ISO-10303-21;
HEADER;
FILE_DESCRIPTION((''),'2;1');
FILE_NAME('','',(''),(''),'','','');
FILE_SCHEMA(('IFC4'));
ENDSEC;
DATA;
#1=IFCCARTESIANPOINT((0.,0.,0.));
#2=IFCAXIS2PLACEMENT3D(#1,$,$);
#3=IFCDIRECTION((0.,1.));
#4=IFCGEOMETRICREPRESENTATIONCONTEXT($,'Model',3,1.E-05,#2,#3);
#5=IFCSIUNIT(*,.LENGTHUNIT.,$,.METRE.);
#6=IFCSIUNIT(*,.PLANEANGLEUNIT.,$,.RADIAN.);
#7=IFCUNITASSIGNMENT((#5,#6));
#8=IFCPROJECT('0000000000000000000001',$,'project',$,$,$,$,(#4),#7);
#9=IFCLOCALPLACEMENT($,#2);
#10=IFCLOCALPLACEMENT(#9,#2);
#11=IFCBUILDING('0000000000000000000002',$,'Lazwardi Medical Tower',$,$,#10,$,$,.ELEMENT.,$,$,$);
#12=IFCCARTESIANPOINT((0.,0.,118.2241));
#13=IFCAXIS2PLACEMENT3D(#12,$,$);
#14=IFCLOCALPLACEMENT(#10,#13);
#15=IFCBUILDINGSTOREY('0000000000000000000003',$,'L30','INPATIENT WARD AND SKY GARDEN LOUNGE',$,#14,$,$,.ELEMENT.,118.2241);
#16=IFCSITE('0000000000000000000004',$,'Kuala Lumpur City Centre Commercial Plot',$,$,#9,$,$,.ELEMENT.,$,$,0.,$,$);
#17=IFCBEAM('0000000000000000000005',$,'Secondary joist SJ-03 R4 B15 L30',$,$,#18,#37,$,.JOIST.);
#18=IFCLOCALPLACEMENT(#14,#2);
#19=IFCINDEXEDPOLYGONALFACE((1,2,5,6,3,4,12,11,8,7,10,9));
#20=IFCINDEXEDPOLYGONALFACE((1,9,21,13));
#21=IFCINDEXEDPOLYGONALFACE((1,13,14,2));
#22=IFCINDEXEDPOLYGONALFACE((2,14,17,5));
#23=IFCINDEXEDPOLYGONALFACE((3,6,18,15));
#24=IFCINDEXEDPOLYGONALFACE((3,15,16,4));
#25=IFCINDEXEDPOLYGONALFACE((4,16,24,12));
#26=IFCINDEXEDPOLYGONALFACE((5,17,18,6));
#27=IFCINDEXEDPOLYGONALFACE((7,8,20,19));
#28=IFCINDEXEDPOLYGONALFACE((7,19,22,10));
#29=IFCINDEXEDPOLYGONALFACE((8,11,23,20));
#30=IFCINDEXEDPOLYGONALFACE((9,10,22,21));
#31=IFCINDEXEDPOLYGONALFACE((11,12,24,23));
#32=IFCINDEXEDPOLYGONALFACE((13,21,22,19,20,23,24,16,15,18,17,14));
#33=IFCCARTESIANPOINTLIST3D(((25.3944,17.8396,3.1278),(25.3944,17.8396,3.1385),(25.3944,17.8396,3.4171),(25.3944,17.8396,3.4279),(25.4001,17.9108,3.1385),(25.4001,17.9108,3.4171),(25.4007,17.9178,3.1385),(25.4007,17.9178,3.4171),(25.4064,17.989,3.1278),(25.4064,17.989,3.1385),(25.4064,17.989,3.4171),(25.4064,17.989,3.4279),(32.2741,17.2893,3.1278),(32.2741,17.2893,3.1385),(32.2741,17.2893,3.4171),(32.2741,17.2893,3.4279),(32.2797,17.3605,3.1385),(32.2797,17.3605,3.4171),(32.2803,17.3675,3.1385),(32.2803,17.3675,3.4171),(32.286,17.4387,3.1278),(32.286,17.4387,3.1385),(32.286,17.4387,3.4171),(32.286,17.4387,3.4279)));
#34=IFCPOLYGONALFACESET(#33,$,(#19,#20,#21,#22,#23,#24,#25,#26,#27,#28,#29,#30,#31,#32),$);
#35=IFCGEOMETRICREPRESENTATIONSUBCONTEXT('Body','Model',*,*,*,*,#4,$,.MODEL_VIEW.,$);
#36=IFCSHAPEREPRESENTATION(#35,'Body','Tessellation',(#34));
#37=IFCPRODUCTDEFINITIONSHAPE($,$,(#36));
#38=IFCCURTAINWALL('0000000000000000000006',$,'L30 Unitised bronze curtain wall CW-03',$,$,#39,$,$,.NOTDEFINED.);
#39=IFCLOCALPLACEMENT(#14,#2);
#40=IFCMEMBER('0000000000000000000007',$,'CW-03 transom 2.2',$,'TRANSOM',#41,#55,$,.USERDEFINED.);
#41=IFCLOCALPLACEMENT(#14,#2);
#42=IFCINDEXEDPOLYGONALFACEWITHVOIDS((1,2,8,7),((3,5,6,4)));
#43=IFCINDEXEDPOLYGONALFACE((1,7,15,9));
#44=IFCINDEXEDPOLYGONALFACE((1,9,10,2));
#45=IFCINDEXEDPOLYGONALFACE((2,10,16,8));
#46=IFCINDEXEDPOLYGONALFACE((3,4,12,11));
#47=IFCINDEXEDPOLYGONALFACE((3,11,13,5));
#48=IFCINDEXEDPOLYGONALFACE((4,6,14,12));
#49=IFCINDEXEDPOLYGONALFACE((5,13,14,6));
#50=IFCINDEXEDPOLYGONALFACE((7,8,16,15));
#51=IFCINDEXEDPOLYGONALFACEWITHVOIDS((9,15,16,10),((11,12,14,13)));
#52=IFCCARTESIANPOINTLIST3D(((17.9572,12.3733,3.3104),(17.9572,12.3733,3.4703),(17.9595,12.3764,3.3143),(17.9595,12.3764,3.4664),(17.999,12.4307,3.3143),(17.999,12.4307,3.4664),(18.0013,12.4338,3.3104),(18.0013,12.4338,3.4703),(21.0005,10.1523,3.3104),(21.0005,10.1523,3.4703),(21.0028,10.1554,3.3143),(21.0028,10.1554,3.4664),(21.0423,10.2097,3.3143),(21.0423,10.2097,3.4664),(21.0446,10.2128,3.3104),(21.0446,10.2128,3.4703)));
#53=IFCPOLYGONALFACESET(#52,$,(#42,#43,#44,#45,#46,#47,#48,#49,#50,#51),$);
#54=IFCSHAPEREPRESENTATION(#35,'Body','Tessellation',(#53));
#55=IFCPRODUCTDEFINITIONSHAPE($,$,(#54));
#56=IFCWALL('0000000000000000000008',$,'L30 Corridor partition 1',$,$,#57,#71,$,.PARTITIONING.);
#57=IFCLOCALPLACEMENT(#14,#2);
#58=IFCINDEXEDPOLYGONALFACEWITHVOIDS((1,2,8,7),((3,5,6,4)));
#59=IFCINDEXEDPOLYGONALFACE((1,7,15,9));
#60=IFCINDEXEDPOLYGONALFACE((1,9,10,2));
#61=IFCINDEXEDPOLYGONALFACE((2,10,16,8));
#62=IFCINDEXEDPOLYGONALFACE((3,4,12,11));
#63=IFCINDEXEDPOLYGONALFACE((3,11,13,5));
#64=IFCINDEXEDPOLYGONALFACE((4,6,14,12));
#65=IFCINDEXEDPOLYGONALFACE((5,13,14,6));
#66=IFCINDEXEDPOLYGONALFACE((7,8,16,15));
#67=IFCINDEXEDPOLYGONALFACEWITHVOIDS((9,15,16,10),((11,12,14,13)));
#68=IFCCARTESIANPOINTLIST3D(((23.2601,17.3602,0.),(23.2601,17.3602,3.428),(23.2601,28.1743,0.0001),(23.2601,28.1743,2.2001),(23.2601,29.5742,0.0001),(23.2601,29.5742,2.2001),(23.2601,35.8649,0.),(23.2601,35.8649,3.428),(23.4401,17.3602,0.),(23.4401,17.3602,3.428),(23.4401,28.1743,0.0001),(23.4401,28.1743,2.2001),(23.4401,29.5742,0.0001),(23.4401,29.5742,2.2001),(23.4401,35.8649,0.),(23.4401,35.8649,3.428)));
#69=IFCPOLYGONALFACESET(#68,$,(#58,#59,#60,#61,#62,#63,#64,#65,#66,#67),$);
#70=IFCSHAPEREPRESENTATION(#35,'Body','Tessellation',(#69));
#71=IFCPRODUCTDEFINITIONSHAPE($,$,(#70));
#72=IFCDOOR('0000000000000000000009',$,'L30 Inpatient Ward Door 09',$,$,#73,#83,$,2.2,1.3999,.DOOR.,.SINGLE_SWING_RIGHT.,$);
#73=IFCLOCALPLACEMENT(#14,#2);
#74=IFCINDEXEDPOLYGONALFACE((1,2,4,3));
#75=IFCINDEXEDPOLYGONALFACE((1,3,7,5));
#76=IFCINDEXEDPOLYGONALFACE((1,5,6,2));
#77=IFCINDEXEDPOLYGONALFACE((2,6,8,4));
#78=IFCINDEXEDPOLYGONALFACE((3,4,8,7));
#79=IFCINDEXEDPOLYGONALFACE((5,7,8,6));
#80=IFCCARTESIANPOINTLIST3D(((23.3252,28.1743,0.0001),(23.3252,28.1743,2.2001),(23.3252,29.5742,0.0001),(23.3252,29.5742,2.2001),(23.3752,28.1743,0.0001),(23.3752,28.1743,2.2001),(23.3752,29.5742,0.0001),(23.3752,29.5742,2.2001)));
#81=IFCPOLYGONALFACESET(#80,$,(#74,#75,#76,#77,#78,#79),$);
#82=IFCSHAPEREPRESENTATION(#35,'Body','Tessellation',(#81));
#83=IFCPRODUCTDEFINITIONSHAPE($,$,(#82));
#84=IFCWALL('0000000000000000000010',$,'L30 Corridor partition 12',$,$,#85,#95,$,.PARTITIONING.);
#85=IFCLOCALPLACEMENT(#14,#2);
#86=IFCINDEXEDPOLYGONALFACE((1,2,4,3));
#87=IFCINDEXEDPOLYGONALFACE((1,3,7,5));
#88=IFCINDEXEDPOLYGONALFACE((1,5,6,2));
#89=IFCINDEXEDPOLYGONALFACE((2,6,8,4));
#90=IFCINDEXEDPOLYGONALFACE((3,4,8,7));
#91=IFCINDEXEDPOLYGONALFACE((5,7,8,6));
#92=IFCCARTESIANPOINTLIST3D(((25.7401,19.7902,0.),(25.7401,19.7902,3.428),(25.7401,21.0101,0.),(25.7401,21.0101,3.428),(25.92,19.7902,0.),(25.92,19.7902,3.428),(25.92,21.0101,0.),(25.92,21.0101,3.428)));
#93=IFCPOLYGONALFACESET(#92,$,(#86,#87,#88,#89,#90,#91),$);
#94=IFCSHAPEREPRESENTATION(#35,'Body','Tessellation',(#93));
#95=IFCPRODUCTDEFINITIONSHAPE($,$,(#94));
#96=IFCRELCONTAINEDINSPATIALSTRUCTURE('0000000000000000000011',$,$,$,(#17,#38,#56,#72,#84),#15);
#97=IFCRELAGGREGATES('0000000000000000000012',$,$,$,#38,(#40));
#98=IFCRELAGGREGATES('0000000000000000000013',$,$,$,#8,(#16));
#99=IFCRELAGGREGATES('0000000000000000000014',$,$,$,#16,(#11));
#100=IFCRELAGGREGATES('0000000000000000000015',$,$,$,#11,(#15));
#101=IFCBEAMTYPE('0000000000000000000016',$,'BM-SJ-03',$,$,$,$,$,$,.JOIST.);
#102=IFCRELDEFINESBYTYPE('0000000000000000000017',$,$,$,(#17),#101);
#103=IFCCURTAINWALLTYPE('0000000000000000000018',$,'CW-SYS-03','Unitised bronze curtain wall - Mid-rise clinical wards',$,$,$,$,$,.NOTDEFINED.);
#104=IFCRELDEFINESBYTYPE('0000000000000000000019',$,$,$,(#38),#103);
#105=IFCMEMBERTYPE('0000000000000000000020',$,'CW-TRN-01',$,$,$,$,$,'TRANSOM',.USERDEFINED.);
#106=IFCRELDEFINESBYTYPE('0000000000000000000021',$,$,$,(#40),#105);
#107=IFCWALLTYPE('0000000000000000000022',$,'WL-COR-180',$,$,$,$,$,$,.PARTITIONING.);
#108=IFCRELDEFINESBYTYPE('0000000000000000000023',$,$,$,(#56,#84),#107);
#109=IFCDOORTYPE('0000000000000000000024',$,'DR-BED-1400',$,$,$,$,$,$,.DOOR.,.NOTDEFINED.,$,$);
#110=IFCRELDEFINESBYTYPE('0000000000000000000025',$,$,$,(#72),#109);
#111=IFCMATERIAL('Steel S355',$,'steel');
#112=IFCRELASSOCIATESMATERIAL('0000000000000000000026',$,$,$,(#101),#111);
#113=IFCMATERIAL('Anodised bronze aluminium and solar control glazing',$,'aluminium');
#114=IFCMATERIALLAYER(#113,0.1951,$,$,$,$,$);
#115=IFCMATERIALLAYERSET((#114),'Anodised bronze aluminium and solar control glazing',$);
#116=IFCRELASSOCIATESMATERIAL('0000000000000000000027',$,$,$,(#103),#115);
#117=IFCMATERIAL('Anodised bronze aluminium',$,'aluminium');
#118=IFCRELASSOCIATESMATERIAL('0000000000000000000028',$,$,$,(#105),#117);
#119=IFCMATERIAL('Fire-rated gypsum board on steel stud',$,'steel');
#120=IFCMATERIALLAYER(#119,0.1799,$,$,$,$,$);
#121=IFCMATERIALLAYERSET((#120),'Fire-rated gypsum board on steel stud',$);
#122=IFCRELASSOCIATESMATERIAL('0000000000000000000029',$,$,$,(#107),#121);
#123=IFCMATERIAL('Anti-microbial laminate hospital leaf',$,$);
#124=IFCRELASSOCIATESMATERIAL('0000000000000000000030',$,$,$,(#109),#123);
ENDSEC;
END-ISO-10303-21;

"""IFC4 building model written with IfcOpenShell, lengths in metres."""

from ifc_helpers import new_model, si_unit, direction, frame, frame_2d, origin, origin_2d, place, context, subcontext, project, spatial, rectangle, hollow_rectangle, i_section, extrude, material, layer, layer_set, material_profile, profile_set, type_object, element, fill, aggregate, save


model = new_model("IFC4")

# Units and contexts
model_context = context("Model", 3, precision=1e-05, world=origin(), true_north=direction((0.0, 1.0)))
body_context = subcontext(model_context, "Body", "Model", "MODEL_VIEW")
ifc_project = project(units=[si_unit("LENGTHUNIT", "METRE"), si_unit("PLANEANGLEUNIT", "RADIAN")], contexts=[model_context])

# Site, building, storey
site_placement = place(None, origin())
site = spatial("IfcSite", under=ifc_project, at=site_placement, Name="Kuala Lumpur City Centre Commercial Plot", CompositionType="ELEMENT", RefElevation=0.0)
building_placement = place(site_placement, origin())
building = spatial("IfcBuilding", under=site, at=building_placement, Name="Lazwardi Medical Tower", CompositionType="ELEMENT")
storey_placement = place(building_placement, frame((0.0, 0.0, 118.2241)))
storey = spatial("IfcBuildingStorey", under=building, at=storey_placement, Name="L30", Description="INPATIENT WARD AND SKY GARDEN LOUNGE", CompositionType="ELEMENT", Elevation=118.2241)

# Beam
ifc_material_1 = material(Name="Steel S355", Category="steel")
ifc_material_profile_1 = material_profile(ifc_material_1, i_section(OverallWidth=0.1499, OverallDepth=0.3, WebThickness=0.0071, FlangeThickness=0.0107, at=origin_2d()), Name="IPE 300")
ifc_profile_set_1 = profile_set([ifc_material_profile_1], Name="Steel S355")
beam_type_1 = type_object("IfcBeamType", Name="BM-SJ-03", PredefinedType="JOIST", material=ifc_profile_set_1)
beam_1_placement = place(storey_placement, frame((25.4004, 17.9143, 3.2778), z_axis=(0.996816, -0.079734, 0.0), x_axis=(0.079734, 0.996816, 0.0)))
element("IfcBeam", 1, at=beam_1_placement, inside=storey, type_object=beam_type_1, Name="Secondary joist SJ-03 R4 B15 L30", PredefinedType="JOIST", context=body_context, shape_type="SweptSolid", body=[
    extrude(i_section(OverallWidth=0.1499, OverallDepth=0.3, WebThickness=0.0071, FlangeThickness=0.0107, at=origin_2d()), origin(), (0.0, 0.0, 1.0), 6.9016),
])

# Curtain wall, member
ifc_material_2 = material(Name="Anodised bronze aluminium and solar control glazing", Category="aluminium")
ifc_layer_1 = layer(ifc_material_2, 0.1951)
ifc_layer_set_1 = layer_set([ifc_layer_1], Name="Anodised bronze aluminium and solar control glazing")
curtain_wall_type = type_object("IfcCurtainWallType", Name="CW-SYS-03", Description="Unitised bronze curtain wall - Mid-rise clinical wards", PredefinedType="NOTDEFINED", material=ifc_layer_set_1)
curtain_wall_placement = place(storey_placement, origin())
curtain_wall = element("IfcCurtainWall", 2, at=curtain_wall_placement, inside=storey, type_object=curtain_wall_type, Name="L30 Unitised bronze curtain wall CW-03", PredefinedType="NOTDEFINED")
ifc_material_3 = material(Name="Anodised bronze aluminium", Category="aluminium")
ifc_material_profile_2 = material_profile(ifc_material_3, hollow_rectangle(XDim=0.075, YDim=0.1599, WallThickness=0.0039, at=origin_2d()), Name="ALU-TRANSOM 160x75x4")
ifc_profile_set_2 = profile_set([ifc_material_profile_2], Name="Anodised bronze aluminium")
member_type = type_object("IfcMemberType", Name="CW-TRN-01", ElementType="TRANSOM", PredefinedType="USERDEFINED", material=ifc_profile_set_2)
member_placement = place(storey_placement, frame((17.9792, 12.4036, 3.3904), z_axis=(0.807763, -0.589508, 0.0), x_axis=(0.589508, 0.807763, 0.0)))
member = element("IfcMember", 3, at=member_placement, type_object=member_type, Name="CW-03 transom 2.2", ObjectType="TRANSOM", PredefinedType="USERDEFINED", context=body_context, shape_type="SweptSolid", body=[
    extrude(hollow_rectangle(XDim=0.075, YDim=0.1599, WallThickness=0.0039, at=origin_2d()), origin(), (0.0, 0.0, 1.0), 3.7676),
])
aggregate(curtain_wall, [member])

# Wall, opening, door
ifc_material_4 = material(Name="Fire-rated gypsum board on steel stud", Category="steel")
ifc_layer_2 = layer(ifc_material_4, 0.1799)
ifc_layer_set_2 = layer_set([ifc_layer_2], Name="Fire-rated gypsum board on steel stud")
wall_type = type_object("IfcWallType", Name="WL-COR-180", PredefinedType="PARTITIONING", material=ifc_layer_set_2)
wall_1_placement = place(storey_placement, frame((23.3501, 17.3601, 0.0), z_axis=(0.0, 0.0, 1.0), x_axis=(0.0, 1.0, 0.0)))
wall_1 = element("IfcWall", 4, at=wall_1_placement, inside=storey, type_object=wall_type, Name="L30 Corridor partition 1", PredefinedType="PARTITIONING", context=body_context, shape_type="SweptSolid", body=[
    extrude(rectangle(XDim=18.5046, YDim=0.1799, at=frame_2d((9.2524, 0.0))), origin(), (0.0, 0.0, 1.0), 3.428),
])
opening_placement = place(wall_1_placement, frame((10.8142, 0.0, 0.0)))
opening = element("IfcOpeningElement", 5, at=opening_placement, cuts=wall_1, PredefinedType="OPENING", context=body_context, shape_type="SweptSolid", body=[
    extrude(rectangle(XDim=1.3999, YDim=2.2, at=frame_2d((0.7, 1.1001))), frame((0.0, 0.0999, 0.0), z_axis=(0.0, -1.0, 0.0), x_axis=(1.0, 0.0, 0.0)), (0.0, 0.0, 1.0), 0.2),
])
ifc_material_5 = material(Name="Anti-microbial laminate hospital leaf")
door_type = type_object("IfcDoorType", Name="DR-BED-1400", OperationType="NOTDEFINED", PredefinedType="DOOR", material=ifc_material_5)
door_placement = place(opening_placement, origin())
door = element("IfcDoor", 6, at=door_placement, inside=storey, type_object=door_type, Name="L30 Inpatient Ward Door 09", OperationType="SINGLE_SWING_RIGHT", OverallHeight=2.2, OverallWidth=1.3999, PredefinedType="DOOR", context=body_context, shape_type="SweptSolid", body=[
    extrude(rectangle(XDim=1.3999, YDim=2.2, at=frame_2d((0.7, 1.1001))), frame((0.0, 0.0249, 0.0), z_axis=(0.0, -1.0, 0.0), x_axis=(1.0, 0.0, 0.0)), (0.0, 0.0, 1.0), 0.05),
])
fill(opening, door)

# Wall
wall_2_placement = place(storey_placement, frame((25.8301, 21.01, 0.0), z_axis=(0.0, 0.0, 1.0), x_axis=(0.0, -1.0, 0.0)))
element("IfcWall", 7, at=wall_2_placement, inside=storey, type_object=wall_type, Name="L30 Corridor partition 12", PredefinedType="PARTITIONING", context=body_context, shape_type="SweptSolid", body=[
    extrude(rectangle(XDim=1.22, YDim=0.1799, at=frame_2d((0.6099, 0.0))), origin(), (0.0, 0.0, 1.0), 3.428),
])

save(model, "model.ifc")
